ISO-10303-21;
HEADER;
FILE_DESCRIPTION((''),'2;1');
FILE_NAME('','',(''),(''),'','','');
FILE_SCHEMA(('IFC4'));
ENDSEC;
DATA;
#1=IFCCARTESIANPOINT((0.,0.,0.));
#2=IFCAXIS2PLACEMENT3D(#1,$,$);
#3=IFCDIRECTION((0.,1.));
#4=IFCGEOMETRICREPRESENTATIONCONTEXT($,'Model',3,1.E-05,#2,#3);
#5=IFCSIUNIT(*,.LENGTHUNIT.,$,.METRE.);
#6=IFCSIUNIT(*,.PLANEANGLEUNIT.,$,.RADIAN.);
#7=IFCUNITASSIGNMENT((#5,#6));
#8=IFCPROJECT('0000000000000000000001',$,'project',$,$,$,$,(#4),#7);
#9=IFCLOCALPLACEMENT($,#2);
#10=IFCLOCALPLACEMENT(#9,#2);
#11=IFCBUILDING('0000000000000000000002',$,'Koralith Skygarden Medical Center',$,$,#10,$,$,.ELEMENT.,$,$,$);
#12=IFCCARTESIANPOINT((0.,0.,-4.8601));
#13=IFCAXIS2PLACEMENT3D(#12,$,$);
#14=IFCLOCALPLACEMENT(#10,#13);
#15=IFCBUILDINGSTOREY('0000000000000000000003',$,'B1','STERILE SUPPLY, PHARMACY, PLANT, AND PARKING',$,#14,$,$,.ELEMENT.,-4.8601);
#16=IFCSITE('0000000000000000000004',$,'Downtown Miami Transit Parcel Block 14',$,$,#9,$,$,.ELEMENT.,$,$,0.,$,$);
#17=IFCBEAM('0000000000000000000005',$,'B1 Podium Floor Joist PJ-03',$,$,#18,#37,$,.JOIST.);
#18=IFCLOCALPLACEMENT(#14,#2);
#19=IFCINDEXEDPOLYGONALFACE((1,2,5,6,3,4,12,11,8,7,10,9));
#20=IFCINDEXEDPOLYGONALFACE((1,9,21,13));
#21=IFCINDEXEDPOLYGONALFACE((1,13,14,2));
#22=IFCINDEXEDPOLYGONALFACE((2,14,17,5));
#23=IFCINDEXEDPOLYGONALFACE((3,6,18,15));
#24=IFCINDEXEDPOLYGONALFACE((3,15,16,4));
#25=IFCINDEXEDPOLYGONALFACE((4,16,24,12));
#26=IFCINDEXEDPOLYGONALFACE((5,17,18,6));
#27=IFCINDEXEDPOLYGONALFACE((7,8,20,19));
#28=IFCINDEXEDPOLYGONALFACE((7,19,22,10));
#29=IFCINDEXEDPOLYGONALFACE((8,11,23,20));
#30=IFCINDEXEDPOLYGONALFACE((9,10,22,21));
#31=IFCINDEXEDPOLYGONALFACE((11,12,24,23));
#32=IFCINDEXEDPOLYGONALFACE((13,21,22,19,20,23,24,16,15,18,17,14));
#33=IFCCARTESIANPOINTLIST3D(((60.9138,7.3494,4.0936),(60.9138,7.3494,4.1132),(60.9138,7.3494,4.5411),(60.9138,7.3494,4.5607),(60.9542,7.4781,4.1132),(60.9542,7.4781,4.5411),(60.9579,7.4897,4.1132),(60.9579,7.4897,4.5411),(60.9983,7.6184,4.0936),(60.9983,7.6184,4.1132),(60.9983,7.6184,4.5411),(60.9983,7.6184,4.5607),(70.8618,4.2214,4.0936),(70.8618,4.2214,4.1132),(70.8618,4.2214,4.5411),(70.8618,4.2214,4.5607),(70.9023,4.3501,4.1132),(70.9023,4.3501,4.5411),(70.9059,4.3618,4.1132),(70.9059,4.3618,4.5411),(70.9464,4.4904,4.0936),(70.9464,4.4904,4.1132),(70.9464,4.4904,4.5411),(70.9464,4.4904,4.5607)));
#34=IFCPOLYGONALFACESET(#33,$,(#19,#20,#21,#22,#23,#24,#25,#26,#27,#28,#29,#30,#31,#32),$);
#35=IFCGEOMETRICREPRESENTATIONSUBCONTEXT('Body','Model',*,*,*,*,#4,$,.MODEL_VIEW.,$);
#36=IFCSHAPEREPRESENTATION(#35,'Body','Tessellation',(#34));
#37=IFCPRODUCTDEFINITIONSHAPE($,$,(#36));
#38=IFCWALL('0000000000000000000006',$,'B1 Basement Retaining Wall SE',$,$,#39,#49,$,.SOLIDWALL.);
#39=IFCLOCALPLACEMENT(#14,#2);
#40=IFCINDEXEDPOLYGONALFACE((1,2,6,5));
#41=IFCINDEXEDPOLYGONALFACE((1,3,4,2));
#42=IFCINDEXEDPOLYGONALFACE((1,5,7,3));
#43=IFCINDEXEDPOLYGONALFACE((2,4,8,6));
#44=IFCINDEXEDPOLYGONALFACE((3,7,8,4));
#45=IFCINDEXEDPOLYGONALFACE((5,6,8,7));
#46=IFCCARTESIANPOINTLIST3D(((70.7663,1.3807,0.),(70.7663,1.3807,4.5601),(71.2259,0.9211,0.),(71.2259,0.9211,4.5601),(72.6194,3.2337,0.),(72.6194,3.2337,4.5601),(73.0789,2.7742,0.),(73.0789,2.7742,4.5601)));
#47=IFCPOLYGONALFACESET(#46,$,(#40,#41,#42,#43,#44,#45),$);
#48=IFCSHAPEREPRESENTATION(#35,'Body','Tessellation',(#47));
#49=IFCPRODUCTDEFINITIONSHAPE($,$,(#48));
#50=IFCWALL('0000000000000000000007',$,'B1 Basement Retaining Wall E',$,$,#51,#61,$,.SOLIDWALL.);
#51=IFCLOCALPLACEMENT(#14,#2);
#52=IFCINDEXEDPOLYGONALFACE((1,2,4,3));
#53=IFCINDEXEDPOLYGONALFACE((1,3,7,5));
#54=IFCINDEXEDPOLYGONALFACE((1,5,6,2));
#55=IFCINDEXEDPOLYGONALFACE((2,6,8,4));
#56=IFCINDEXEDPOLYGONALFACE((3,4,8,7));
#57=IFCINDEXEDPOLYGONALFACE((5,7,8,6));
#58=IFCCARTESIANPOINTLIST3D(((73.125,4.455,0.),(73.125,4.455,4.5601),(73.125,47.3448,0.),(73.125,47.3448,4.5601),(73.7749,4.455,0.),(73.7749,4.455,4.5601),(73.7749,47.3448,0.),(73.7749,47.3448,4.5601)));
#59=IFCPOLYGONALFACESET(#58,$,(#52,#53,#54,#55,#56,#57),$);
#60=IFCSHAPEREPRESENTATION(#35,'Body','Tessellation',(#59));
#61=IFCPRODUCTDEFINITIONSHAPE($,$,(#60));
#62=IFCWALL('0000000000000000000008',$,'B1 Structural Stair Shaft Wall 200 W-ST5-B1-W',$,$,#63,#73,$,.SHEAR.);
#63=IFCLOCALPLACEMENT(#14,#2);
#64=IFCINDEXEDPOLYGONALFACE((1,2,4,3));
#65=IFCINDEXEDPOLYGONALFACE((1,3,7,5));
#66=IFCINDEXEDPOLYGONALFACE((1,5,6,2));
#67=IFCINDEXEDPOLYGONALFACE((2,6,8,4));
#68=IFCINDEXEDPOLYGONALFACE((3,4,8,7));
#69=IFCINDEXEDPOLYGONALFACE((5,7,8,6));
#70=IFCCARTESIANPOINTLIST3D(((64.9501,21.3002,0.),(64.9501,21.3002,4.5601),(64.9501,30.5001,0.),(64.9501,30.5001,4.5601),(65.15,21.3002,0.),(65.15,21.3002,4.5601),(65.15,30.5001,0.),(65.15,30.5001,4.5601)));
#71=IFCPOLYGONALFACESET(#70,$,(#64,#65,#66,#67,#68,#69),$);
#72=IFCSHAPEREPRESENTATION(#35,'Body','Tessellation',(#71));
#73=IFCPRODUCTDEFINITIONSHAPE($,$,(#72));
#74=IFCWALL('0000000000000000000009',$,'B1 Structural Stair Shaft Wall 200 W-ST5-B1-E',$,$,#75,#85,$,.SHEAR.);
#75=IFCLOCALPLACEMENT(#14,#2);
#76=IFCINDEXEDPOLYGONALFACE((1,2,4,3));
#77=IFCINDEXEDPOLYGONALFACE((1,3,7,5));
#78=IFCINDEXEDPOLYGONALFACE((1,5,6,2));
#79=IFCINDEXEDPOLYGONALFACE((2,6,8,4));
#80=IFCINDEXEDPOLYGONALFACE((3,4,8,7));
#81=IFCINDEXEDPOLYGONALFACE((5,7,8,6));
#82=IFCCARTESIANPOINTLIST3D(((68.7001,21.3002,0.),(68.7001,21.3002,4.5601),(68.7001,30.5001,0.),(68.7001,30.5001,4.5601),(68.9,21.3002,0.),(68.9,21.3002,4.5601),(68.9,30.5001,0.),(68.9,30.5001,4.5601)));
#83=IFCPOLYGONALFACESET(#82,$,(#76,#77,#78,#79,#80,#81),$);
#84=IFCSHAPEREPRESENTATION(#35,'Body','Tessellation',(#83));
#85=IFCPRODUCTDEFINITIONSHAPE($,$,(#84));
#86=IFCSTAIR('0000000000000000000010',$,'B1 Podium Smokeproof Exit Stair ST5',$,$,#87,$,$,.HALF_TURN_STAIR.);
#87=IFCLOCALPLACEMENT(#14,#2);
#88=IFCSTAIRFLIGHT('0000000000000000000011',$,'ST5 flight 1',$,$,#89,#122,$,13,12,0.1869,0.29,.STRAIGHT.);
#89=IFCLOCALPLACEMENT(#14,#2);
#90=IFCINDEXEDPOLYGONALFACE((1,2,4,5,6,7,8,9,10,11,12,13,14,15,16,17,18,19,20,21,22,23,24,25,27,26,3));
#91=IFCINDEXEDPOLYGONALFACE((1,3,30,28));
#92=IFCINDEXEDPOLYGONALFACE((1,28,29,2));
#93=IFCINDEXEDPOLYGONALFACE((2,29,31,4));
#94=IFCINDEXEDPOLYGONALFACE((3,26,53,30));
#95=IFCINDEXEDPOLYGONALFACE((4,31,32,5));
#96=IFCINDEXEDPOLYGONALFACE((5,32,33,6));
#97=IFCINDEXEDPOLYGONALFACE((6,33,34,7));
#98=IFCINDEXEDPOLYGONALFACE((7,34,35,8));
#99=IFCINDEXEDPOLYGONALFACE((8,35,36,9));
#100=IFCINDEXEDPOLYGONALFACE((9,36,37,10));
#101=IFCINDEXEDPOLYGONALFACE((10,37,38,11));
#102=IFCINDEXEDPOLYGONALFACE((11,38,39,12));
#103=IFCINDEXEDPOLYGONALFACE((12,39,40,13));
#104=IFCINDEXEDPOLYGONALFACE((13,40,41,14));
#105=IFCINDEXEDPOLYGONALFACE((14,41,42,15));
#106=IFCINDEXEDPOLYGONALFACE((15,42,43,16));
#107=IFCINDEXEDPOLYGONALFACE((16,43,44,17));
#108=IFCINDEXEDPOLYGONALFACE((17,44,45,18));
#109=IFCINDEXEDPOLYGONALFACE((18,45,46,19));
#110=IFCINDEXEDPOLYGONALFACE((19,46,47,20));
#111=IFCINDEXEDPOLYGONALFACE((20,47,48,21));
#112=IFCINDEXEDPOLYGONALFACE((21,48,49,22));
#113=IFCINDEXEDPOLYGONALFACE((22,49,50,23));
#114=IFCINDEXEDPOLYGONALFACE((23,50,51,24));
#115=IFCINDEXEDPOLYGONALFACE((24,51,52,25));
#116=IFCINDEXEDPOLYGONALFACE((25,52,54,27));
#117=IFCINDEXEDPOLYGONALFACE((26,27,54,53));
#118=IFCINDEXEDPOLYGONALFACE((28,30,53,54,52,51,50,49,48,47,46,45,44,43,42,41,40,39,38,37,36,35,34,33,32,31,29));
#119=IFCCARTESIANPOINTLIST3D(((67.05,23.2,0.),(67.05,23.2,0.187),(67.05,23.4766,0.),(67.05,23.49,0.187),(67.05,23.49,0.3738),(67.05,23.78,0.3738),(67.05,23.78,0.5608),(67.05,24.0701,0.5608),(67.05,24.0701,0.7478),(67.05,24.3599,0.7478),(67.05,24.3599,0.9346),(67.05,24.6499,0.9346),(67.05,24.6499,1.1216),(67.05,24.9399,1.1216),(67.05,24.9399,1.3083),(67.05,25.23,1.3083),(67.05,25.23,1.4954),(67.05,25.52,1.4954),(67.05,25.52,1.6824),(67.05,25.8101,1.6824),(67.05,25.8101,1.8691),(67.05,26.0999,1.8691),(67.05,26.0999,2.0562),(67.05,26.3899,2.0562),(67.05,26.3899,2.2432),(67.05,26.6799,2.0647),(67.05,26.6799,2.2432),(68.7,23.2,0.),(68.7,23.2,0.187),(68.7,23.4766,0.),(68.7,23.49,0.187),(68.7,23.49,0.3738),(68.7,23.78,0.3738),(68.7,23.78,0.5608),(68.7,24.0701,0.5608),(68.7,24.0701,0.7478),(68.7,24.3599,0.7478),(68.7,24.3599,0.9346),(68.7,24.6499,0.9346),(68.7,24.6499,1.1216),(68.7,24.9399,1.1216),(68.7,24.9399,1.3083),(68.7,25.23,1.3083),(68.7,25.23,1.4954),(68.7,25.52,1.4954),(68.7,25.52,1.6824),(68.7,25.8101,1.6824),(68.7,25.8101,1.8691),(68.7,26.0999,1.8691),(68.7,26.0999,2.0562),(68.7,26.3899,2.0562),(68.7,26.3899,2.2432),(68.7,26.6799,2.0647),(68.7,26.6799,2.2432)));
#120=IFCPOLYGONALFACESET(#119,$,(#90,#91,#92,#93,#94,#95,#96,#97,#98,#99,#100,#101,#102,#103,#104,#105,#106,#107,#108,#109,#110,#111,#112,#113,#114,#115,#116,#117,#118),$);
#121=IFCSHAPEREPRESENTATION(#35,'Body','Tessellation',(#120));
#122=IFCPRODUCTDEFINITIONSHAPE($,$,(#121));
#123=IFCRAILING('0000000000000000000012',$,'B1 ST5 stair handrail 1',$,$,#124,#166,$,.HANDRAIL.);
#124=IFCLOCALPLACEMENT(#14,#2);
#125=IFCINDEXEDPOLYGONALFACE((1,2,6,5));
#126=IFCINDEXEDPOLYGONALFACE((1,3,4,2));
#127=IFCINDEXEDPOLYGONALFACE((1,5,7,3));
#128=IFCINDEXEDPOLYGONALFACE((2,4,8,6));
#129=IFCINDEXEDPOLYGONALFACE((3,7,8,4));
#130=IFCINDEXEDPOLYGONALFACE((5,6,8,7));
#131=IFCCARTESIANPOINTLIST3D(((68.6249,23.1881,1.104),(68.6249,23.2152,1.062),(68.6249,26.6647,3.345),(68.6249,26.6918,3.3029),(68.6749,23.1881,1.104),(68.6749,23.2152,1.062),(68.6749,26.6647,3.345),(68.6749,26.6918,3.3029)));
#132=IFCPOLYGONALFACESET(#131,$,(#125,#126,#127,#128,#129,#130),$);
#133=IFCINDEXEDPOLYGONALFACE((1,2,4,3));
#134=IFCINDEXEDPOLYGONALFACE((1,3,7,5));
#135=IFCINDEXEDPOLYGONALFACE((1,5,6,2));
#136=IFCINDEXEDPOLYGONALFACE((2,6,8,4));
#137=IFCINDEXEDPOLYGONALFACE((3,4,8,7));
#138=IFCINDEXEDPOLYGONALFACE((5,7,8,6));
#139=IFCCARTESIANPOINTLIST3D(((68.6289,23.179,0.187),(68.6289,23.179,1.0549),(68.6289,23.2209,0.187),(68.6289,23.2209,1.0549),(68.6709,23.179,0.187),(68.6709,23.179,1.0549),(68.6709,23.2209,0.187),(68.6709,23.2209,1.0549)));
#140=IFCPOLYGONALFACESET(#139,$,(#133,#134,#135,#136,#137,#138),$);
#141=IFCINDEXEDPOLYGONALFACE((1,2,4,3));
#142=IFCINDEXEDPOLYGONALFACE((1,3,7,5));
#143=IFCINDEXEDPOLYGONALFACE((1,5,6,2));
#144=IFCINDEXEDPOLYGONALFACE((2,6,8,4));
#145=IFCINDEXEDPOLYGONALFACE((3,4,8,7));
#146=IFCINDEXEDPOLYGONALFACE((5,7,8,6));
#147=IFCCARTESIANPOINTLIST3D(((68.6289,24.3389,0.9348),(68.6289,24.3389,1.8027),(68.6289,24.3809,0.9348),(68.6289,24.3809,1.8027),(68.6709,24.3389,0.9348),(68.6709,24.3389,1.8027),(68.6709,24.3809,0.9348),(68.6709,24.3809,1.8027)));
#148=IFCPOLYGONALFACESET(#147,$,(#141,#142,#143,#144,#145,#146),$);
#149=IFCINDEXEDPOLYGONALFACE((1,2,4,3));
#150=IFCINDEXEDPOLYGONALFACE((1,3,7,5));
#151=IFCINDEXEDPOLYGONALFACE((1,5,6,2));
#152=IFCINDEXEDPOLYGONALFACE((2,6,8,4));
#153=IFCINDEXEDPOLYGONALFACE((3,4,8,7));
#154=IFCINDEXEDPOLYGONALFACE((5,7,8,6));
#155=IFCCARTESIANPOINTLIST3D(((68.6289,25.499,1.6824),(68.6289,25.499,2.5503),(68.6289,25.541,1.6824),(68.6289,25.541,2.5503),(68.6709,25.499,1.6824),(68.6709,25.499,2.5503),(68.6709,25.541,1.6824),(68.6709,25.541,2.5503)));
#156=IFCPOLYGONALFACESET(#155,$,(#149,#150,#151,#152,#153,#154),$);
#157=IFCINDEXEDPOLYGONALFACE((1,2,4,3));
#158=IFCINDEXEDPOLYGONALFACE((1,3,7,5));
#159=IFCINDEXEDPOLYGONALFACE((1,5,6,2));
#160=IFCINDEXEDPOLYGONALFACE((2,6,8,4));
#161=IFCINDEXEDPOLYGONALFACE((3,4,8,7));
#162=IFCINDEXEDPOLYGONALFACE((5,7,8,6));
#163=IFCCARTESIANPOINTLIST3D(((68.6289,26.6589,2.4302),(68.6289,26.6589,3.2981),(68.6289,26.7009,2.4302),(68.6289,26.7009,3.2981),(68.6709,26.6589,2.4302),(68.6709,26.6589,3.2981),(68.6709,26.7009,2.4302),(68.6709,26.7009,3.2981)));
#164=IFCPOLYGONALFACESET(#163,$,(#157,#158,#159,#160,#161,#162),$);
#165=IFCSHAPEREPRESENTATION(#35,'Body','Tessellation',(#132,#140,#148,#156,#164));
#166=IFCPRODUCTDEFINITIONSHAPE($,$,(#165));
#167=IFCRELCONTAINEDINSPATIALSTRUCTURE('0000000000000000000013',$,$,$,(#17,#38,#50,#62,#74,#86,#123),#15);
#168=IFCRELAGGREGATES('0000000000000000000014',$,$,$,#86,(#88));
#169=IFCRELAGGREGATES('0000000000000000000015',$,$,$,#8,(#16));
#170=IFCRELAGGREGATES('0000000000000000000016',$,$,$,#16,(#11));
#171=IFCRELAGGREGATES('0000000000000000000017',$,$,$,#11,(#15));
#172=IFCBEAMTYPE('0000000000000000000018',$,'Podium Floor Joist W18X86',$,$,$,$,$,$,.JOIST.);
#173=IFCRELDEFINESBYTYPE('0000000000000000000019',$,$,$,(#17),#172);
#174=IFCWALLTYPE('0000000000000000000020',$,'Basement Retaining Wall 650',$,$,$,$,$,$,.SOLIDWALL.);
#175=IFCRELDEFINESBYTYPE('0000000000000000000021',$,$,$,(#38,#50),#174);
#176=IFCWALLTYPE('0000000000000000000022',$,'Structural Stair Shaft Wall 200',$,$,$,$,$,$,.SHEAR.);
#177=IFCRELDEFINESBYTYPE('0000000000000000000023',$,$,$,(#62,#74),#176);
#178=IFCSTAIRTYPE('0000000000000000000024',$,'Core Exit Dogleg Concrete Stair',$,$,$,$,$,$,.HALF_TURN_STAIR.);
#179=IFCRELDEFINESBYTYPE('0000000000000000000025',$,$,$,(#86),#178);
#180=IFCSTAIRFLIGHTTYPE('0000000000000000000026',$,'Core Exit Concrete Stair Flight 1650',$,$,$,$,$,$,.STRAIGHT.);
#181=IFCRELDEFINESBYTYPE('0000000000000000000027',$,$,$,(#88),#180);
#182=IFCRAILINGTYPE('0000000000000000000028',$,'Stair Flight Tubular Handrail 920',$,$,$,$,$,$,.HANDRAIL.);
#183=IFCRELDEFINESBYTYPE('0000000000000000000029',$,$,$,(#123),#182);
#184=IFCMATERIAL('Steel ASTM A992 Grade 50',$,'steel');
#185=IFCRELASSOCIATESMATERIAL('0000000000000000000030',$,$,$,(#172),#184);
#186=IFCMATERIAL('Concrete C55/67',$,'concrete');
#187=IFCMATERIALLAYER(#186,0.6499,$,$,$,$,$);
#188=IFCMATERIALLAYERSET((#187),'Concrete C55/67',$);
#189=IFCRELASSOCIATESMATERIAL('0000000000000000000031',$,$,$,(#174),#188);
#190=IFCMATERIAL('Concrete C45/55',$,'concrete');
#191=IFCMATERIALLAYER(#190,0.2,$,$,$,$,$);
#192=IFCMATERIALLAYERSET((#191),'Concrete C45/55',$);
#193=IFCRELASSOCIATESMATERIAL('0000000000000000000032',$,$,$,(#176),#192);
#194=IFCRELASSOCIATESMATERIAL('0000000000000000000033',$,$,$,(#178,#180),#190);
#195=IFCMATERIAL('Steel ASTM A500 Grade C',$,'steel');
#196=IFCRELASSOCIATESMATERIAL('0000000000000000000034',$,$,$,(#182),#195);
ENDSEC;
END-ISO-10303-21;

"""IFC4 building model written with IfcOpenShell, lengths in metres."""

from ifc_helpers import new_model, si_unit, direction, frame, frame_2d, origin, origin_2d, place, context, subcontext, project, spatial, polyline, rectangle, i_section, outline, extrude, material, layer, layer_set, material_profile, profile_set, type_object, element, aggregate, save


model = new_model("IFC4")

# Units and contexts
model_context = context("Model", 3, precision=1e-05, world=origin(), true_north=direction((0.0, 1.0)))
body_context = subcontext(model_context, "Body", "Model", "MODEL_VIEW")
ifc_project = project(units=[si_unit("LENGTHUNIT", "METRE"), si_unit("PLANEANGLEUNIT", "RADIAN")], contexts=[model_context])

# Site, building, storey
site_placement = place(None, origin())
site = spatial("IfcSite", under=ifc_project, at=site_placement, Name="Downtown Miami Transit Parcel Block 14", CompositionType="ELEMENT", RefElevation=0.0)
building_placement = place(site_placement, origin())
building = spatial("IfcBuilding", under=site, at=building_placement, Name="Koralith Skygarden Medical Center", CompositionType="ELEMENT")
storey_placement = place(building_placement, frame((0.0, 0.0, -4.8601)))
storey = spatial("IfcBuildingStorey", under=building, at=storey_placement, Name="B1", Description="STERILE SUPPLY, PHARMACY, PLANT, AND PARKING", CompositionType="ELEMENT", Elevation=-4.8601)

# Shared definitions
ifc_material_1 = material(Name="Concrete C55/67", Category="concrete")

# Beam
ifc_material_2 = material(Name="Steel ASTM A992 Grade 50", Category="steel")
ifc_material_profile_1 = material_profile(ifc_material_2, i_section(OverallWidth=0.282, OverallDepth=0.467, WebThickness=0.0122, FlangeThickness=0.0195, at=origin_2d()), Name="W18X86")
ifc_profile_set_1 = profile_set([ifc_material_profile_1], Name="Steel ASTM A992 Grade 50")
beam_type_1 = type_object("IfcBeamType", Name="Podium Floor Joist W18X86", PredefinedType="JOIST", material=ifc_profile_set_1)
beam_1_placement = place(storey_placement, frame((60.9561, 7.4839, 4.3271), z_axis=(0.953955, -0.29995, 0.0), x_axis=(0.29995, 0.953955, 0.0)))
element("IfcBeam", 1, at=beam_1_placement, inside=storey, type_object=beam_type_1, Name="B1 Podium Floor Joist PJ-03", PredefinedType="JOIST", context=body_context, shape_type="SweptSolid", body=[
    extrude(i_section(OverallWidth=0.282, OverallDepth=0.467, WebThickness=0.0122, FlangeThickness=0.0195, at=origin_2d()), origin(), (0.0, 0.0, 1.0), 10.4282),
])

# Walls
ifc_layer_1 = layer(ifc_material_1, 0.6499)
ifc_layer_set_1 = layer_set([ifc_layer_1], Name="Concrete C55/67")
wall_type_1 = type_object("IfcWallType", Name="Basement Retaining Wall 650", PredefinedType="SOLIDWALL", material=ifc_layer_set_1)
wall_1_placement = place(storey_placement, frame((70.9961, 1.1509, 0.0), z_axis=(0.0, 0.0, 1.0), x_axis=(0.707107, 0.707107, 0.0)))
element("IfcWall", 2, at=wall_1_placement, inside=storey, type_object=wall_type_1, Name="B1 Basement Retaining Wall SE", PredefinedType="SOLIDWALL", context=body_context, shape_type="SweptSolid", body=[
    extrude(rectangle(XDim=2.6206, YDim=0.6499, at=frame_2d((1.3103, 0.0))), origin(), (0.0, 0.0, 1.0), 4.5601),
])
wall_2_placement = place(storey_placement, frame((73.45, 4.4551, 0.0), z_axis=(0.0, 0.0, 1.0), x_axis=(0.0, 1.0, 0.0)))
element("IfcWall", 3, at=wall_2_placement, inside=storey, type_object=wall_type_1, Name="B1 Basement Retaining Wall E", PredefinedType="SOLIDWALL", context=body_context, shape_type="SweptSolid", body=[
    extrude(rectangle(XDim=42.8899, YDim=0.6499, at=frame_2d((21.4448, 0.0))), origin(), (0.0, 0.0, 1.0), 4.5601),
])

# Shared definitions
ifc_material_3 = material(Name="Concrete C45/55", Category="concrete")
ifc_layer_2 = layer(ifc_material_3, 0.2)
ifc_layer_set_2 = layer_set([ifc_layer_2], Name="Concrete C45/55")
wall_type_2 = type_object("IfcWallType", Name="Structural Stair Shaft Wall 200", PredefinedType="SHEAR", material=ifc_layer_set_2)
ifc_material_4 = material(Name="Steel ASTM A500 Grade C", Category="steel")

# Walls
for number, where, z_axis, x_axis, name in (
    (4, (65.05, 21.3, 0.0), (0.0, 0.0, 1.0), (0.0, 1.0, 0.0), "B1 Structural Stair Shaft Wall 200 W-ST5-B1-W"),
    (5, (68.8, 21.3, 0.0), (0.0, 0.0, 1.0), (0.0, 1.0, 0.0), "B1 Structural Stair Shaft Wall 200 W-ST5-B1-E"),
):
    element("IfcWall", number, at=place(storey_placement, frame(where, z_axis=z_axis, x_axis=x_axis)), inside=storey, type_object=wall_type_2, Name=name, PredefinedType="SHEAR", context=body_context, shape_type="SweptSolid", body=[
        extrude(rectangle(XDim=9.2, YDim=0.2, at=frame_2d((4.6001, 0.0))), origin(), (0.0, 0.0, 1.0), 4.5601),
    ])

# Stair, stair flight
stair_type = type_object("IfcStairType", Name="Core Exit Dogleg Concrete Stair", PredefinedType="HALF_TURN_STAIR", material=ifc_material_3)
stair_placement = place(storey_placement, origin())
stair = element("IfcStair", 6, at=stair_placement, inside=storey, type_object=stair_type, Name="B1 Podium Smokeproof Exit Stair ST5", PredefinedType="HALF_TURN_STAIR")
stair_flight_type = type_object("IfcStairFlightType", Name="Core Exit Concrete Stair Flight 1650", PredefinedType="STRAIGHT", material=ifc_material_3)
stair_flight_placement = place(storey_placement, frame((67.875, 23.2, 0.0), z_axis=(0.0, 0.0, 1.0), x_axis=(0.0, 1.0, 0.0)))
stair_flight = element("IfcStairFlight", 7, at=stair_flight_placement, type_object=stair_flight_type, Name="ST5 flight 1", NumberOfRisers=13, NumberOfTreads=12, PredefinedType="STRAIGHT", RiserHeight=0.1869, TreadLength=0.29, context=body_context, shape_type="SweptSolid", body=[
    extrude(outline(polyline([(0.0, 0.0), (0.0, 0.187), (0.29, 0.187), (0.29, 0.3738), (0.5801, 0.3738), (0.5801, 0.5608), (0.8701, 0.5608), (0.8701, 0.7478), (1.1599, 0.7478), (1.1599, 0.9346), (1.45, 0.9346), (1.45, 1.1216), (1.74, 1.1216), (1.74, 1.3083), (2.03, 1.3083), (2.03, 1.4954), (2.3201, 1.4954), (2.3201, 1.6824), (2.6101, 1.6824), (2.6101, 1.8691), (2.8999, 1.8691), (2.8999, 2.0562), (3.1899, 2.0562), (3.1899, 2.2432), (3.48, 2.2432), (3.48, 2.4299), (3.48, 2.0647), (0.2766, 0.0), (0.0, 0.0)])), frame((0.0, 0.825, 0.0), z_axis=(0.0, -1.0, 0.0), x_axis=(1.0, 0.0, 0.0)), (0.0, 0.0, 1.0), 1.6499),
])
aggregate(stair, [stair_flight])

# Railing
railing_type_1 = type_object("IfcRailingType", Name="Stair Flight Tubular Handrail 920", PredefinedType="HANDRAIL", material=ifc_material_4)
railing_1_placement = place(storey_placement, frame((68.6499, 23.2, 0.187)))
element("IfcRailing", 8, at=railing_1_placement, inside=storey, type_object=railing_type_1, Name="B1 ST5 stair handrail 1", PredefinedType="HANDRAIL", context=body_context, shape_type="SweptSolid", body=[
    extrude(rectangle(XDim=0.05, YDim=0.05, at=origin_2d()), frame((0.0, 0.0017, 0.896), z_axis=(0.0, 0.840515, 0.541788), x_axis=(-1.0, 0.0, 0.0)), (0.0, 0.0, 1.0), 4.1362),
    extrude(rectangle(XDim=0.042, YDim=0.042, at=origin_2d()), origin(), (0.0, 0.0, 1.0), 0.8679),
    extrude(rectangle(XDim=0.042, YDim=0.042, at=origin_2d()), frame((0.0, 1.1599, 0.7478)), (0.0, 0.0, 1.0), 0.8679),
    extrude(rectangle(XDim=0.042, YDim=0.042, at=origin_2d()), frame((0.0, 2.3201, 1.4954)), (0.0, 0.0, 1.0), 0.8679),
    extrude(rectangle(XDim=0.042, YDim=0.042, at=origin_2d()), frame((0.0, 3.48, 2.2432)), (0.0, 0.0, 1.0), 0.8679),
])

save(model, "model.ifc")
